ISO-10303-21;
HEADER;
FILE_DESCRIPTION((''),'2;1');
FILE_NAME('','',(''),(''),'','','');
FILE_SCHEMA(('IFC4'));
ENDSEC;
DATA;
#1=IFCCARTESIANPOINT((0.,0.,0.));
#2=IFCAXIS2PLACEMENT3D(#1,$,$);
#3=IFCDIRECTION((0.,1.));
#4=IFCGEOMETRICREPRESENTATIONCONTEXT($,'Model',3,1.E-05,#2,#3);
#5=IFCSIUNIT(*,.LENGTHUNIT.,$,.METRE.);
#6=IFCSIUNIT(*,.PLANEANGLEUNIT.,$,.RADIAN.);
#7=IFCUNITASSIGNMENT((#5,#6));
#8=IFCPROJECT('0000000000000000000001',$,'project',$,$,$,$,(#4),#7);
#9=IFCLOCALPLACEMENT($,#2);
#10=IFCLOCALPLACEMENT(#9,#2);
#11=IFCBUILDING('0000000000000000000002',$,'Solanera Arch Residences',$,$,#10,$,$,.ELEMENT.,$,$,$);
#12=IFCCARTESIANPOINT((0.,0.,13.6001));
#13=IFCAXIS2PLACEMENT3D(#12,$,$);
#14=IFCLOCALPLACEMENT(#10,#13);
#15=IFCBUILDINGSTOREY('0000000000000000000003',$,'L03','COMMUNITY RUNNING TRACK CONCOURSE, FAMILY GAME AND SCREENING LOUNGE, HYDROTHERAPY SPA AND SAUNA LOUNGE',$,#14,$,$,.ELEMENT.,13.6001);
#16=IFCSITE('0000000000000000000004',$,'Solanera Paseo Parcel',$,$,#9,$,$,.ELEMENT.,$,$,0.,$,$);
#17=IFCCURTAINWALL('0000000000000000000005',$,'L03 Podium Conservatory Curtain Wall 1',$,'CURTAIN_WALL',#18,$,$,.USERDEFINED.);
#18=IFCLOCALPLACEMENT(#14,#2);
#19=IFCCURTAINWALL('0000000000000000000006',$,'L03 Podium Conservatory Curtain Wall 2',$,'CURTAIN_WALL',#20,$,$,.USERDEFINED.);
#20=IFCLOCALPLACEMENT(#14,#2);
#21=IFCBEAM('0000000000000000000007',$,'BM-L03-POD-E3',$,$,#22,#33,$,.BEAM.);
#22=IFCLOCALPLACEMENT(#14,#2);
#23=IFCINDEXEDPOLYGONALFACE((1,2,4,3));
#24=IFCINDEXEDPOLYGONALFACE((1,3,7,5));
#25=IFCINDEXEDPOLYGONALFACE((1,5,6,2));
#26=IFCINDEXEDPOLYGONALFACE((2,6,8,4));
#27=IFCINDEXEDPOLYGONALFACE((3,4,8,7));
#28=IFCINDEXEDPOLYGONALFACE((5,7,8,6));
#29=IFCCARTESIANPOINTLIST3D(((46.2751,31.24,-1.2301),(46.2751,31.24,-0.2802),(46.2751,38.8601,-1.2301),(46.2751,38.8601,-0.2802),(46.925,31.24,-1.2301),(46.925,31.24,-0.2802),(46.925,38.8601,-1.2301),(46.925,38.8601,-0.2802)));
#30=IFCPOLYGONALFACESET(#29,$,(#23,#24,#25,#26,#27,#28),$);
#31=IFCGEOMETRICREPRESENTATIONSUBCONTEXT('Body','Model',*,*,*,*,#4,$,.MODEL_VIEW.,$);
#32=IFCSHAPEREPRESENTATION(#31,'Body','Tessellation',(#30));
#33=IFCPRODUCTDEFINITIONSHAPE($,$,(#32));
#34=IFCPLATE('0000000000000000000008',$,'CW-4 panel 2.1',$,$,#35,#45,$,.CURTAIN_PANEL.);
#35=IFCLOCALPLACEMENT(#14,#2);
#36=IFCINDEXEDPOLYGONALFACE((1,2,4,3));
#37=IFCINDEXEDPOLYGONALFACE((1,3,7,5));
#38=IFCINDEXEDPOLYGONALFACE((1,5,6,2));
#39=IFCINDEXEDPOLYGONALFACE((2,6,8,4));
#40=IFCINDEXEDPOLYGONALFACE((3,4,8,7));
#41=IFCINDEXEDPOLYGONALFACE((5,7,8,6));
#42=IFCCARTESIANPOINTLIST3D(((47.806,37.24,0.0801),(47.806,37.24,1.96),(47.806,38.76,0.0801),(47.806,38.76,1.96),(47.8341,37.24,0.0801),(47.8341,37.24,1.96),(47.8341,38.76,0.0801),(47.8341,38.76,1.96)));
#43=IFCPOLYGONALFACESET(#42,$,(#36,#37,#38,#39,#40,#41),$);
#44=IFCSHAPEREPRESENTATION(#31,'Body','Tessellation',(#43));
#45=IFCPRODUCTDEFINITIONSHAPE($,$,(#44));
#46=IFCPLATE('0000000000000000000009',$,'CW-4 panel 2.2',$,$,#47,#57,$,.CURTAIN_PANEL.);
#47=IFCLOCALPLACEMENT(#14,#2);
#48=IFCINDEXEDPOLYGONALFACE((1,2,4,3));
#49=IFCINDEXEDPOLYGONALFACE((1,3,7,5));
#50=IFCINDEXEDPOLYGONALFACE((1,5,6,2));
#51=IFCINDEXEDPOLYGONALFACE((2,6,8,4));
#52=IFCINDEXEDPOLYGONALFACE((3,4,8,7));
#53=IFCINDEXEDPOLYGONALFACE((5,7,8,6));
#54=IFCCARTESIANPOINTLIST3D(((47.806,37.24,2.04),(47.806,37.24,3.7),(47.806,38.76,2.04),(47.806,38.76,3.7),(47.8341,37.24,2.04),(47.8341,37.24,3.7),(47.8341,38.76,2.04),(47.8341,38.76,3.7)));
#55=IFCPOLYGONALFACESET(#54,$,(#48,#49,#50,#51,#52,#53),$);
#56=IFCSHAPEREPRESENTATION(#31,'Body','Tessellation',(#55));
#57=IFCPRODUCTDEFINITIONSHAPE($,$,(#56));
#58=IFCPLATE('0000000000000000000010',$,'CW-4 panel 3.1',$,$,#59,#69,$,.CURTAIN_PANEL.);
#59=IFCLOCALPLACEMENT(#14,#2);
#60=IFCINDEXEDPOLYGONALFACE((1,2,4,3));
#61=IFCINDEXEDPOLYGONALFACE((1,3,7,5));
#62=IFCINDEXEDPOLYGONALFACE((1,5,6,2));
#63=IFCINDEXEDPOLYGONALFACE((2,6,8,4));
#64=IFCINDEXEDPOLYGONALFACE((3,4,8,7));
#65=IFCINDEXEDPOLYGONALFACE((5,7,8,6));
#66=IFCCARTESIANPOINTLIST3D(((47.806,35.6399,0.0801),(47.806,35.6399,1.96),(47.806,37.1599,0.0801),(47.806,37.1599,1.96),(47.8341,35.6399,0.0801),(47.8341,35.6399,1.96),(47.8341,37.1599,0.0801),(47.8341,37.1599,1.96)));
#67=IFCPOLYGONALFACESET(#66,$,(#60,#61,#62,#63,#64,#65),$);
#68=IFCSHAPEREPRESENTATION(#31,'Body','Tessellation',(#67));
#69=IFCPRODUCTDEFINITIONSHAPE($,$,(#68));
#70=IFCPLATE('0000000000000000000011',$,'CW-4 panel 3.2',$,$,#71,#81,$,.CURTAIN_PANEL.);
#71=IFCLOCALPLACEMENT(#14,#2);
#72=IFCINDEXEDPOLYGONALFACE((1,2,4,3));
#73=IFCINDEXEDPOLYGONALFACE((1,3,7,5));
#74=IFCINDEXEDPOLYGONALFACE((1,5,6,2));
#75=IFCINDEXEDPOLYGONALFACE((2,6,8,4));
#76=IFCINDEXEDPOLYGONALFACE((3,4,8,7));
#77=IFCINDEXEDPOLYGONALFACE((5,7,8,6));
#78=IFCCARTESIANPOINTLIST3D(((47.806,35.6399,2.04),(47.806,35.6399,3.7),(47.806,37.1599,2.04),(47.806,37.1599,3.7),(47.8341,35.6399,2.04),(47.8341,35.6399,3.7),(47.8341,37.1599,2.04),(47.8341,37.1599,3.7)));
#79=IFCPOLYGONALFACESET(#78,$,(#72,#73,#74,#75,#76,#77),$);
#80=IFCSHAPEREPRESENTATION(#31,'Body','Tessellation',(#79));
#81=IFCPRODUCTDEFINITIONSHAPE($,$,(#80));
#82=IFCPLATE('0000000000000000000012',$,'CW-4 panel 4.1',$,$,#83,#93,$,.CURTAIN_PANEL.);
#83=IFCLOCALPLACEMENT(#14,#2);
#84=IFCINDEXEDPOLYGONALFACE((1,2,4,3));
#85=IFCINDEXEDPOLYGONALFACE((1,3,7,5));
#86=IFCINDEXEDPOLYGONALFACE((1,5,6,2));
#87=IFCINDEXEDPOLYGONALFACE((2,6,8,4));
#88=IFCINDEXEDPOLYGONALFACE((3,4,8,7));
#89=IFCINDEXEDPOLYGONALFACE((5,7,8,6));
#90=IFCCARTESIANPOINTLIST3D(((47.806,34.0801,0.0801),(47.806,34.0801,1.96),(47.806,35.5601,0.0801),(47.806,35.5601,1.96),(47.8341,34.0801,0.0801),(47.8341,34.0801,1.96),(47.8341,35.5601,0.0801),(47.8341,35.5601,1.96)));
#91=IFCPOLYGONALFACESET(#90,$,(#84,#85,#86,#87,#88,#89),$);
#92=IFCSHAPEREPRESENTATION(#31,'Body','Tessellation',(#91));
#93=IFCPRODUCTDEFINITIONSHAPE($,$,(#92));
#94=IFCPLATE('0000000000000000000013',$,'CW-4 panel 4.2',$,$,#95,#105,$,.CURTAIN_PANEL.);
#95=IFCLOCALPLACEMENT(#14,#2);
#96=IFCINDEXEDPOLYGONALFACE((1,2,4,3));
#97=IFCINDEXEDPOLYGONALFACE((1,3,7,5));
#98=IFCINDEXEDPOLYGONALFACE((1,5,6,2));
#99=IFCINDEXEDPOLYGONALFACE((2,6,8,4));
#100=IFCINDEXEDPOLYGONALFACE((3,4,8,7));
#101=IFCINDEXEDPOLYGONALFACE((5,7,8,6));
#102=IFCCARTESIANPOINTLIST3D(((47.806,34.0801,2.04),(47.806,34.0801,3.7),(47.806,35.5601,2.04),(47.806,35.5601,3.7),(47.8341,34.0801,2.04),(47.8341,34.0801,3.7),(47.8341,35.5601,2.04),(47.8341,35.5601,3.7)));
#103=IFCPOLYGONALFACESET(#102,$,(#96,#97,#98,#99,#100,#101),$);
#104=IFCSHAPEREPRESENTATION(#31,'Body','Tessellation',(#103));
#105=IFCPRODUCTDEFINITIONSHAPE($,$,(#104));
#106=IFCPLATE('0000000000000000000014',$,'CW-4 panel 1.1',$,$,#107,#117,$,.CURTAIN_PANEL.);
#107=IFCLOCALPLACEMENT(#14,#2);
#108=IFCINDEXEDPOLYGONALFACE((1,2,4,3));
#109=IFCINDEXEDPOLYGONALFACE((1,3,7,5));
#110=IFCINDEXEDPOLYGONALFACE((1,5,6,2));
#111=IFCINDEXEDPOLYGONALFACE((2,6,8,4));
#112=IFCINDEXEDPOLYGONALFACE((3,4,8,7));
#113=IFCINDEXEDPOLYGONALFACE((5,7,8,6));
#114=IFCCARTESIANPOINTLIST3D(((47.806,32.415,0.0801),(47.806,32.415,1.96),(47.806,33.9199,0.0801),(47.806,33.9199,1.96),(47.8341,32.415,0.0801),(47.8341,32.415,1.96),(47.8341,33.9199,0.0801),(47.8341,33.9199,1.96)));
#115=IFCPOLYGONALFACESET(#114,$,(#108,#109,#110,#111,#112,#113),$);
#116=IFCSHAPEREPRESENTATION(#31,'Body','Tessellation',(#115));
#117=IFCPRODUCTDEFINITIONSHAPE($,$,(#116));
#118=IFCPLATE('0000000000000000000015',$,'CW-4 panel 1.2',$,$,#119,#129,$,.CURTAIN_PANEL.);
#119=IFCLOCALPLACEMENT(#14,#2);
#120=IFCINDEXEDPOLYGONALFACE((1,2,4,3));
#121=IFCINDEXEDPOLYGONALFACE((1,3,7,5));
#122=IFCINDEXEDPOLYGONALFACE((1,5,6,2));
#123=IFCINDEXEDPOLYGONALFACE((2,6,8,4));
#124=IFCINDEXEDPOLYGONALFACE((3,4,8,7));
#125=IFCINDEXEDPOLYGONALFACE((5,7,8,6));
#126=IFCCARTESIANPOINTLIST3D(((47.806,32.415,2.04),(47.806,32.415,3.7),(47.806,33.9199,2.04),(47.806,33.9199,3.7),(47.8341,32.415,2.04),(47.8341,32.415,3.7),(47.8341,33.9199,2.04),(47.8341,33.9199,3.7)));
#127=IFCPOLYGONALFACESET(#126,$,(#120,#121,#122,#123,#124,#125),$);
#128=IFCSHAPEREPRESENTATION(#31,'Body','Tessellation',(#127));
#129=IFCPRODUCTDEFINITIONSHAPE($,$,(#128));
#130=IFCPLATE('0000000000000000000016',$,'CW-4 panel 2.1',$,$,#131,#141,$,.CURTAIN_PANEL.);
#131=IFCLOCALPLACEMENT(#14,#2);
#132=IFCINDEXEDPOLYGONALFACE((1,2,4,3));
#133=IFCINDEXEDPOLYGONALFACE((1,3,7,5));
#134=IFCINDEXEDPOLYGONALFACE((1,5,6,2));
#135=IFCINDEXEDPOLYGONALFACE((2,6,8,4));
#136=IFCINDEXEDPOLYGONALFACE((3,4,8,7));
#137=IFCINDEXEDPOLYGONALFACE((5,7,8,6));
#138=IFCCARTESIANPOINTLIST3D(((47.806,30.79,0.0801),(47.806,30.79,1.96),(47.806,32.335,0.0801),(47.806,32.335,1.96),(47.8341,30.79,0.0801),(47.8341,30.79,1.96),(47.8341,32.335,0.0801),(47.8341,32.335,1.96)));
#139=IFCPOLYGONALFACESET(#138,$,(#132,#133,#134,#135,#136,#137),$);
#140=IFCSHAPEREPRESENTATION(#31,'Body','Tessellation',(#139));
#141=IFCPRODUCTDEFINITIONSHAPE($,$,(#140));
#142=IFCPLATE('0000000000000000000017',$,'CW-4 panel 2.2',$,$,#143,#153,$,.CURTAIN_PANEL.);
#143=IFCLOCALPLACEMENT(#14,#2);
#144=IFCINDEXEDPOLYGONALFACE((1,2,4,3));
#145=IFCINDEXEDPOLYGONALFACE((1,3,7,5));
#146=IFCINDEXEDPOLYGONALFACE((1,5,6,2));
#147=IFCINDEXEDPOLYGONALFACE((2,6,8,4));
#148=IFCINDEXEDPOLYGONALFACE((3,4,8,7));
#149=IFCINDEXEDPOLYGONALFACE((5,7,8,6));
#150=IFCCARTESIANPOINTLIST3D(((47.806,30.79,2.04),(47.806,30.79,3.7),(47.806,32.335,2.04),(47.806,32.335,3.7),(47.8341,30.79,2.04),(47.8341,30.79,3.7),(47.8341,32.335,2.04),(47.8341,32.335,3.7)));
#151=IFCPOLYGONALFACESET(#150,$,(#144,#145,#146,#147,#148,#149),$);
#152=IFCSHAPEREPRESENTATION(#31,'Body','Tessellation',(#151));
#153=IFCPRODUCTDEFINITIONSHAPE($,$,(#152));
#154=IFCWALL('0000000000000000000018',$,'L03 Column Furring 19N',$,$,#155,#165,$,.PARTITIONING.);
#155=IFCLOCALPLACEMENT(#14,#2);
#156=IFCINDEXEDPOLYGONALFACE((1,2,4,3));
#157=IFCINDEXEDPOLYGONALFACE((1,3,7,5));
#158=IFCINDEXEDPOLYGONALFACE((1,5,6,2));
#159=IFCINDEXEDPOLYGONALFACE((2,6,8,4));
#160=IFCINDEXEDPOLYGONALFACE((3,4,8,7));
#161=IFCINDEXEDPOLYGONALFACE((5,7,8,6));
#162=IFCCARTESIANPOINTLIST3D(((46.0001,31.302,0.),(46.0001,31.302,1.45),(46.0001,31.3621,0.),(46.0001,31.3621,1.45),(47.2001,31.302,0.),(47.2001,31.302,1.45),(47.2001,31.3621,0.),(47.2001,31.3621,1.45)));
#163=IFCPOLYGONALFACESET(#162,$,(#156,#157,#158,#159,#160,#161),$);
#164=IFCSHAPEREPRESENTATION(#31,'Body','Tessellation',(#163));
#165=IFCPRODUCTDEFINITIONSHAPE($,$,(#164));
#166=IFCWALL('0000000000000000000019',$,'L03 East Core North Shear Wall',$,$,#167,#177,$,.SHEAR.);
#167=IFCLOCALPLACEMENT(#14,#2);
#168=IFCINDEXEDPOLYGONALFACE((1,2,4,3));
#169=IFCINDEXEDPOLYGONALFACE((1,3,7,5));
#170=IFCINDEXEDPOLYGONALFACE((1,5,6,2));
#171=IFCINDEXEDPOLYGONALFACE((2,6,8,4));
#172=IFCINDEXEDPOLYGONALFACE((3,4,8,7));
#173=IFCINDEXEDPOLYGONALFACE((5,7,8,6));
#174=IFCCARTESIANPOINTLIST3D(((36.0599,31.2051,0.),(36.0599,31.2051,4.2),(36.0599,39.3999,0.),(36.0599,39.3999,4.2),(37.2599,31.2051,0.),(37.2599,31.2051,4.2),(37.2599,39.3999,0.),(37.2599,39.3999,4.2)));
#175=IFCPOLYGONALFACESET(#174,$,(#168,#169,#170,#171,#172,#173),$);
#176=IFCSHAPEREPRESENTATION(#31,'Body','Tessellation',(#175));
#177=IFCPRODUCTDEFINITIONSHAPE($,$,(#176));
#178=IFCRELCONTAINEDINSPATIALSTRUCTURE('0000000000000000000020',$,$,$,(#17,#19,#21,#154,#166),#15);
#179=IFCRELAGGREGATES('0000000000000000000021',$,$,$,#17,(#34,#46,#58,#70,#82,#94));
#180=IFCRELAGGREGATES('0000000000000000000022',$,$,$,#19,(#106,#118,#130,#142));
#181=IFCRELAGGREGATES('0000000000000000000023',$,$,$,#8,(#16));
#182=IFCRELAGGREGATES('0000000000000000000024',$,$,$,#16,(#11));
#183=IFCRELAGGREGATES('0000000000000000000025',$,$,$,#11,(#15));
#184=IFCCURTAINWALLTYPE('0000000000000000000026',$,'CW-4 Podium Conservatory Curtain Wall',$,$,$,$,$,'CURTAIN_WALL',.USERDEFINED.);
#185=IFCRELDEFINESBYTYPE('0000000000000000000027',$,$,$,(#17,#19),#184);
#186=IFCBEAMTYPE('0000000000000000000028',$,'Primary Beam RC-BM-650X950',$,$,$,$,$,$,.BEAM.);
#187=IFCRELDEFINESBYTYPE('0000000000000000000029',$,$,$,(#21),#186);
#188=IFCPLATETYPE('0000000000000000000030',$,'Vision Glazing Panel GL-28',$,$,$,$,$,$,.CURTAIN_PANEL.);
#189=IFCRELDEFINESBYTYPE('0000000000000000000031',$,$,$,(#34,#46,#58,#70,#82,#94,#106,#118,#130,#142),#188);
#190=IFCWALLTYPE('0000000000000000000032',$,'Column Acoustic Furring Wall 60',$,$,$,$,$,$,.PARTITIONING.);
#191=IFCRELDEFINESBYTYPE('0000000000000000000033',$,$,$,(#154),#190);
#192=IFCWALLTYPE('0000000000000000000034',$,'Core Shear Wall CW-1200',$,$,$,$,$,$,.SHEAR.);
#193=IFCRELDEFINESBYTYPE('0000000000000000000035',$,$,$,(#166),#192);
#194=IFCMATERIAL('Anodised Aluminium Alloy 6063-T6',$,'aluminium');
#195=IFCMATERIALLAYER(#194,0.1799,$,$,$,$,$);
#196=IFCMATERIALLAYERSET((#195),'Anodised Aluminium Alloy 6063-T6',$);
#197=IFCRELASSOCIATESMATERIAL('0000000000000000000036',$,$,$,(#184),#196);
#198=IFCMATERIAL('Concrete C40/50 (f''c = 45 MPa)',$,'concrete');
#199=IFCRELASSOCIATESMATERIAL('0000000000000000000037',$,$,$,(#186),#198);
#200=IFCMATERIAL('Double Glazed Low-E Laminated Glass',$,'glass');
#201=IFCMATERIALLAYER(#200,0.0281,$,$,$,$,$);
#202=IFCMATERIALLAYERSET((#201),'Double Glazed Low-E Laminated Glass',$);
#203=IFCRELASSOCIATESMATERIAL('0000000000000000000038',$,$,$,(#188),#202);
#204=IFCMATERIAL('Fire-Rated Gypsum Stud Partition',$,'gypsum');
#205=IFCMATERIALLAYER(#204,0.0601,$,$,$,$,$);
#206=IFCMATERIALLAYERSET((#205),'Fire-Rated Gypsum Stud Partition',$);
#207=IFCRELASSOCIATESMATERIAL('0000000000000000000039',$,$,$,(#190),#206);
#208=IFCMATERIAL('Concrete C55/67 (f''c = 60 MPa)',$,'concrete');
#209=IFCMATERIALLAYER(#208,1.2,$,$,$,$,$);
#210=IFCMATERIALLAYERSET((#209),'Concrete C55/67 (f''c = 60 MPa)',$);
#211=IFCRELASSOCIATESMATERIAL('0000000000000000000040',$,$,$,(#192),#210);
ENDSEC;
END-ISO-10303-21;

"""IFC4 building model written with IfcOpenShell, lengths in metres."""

from ifc_helpers import new_model, si_unit, direction, frame, frame_2d, origin, origin_2d, place, context, subcontext, project, spatial, rectangle, extrude, material, layer, layer_set, material_profile, profile_set, type_object, element, aggregate, save


model = new_model("IFC4")

# Units and contexts
model_context = context("Model", 3, precision=1e-05, world=origin(), true_north=direction((0.0, 1.0)))
body_context = subcontext(model_context, "Body", "Model", "MODEL_VIEW")
ifc_project = project(units=[si_unit("LENGTHUNIT", "METRE"), si_unit("PLANEANGLEUNIT", "RADIAN")], contexts=[model_context])

# Site, building, storey
site_placement = place(None, origin())
site = spatial("IfcSite", under=ifc_project, at=site_placement, Name="Solanera Paseo Parcel", CompositionType="ELEMENT", RefElevation=0.0)
building_placement = place(site_placement, origin())
building = spatial("IfcBuilding", under=site, at=building_placement, Name="Solanera Arch Residences", CompositionType="ELEMENT")
storey_placement = place(building_placement, frame((0.0, 0.0, 13.6001)))
storey = spatial("IfcBuildingStorey", under=building, at=storey_placement, Name="L03", Description="COMMUNITY RUNNING TRACK CONCOURSE, FAMILY GAME AND SCREENING LOUNGE, HYDROTHERAPY SPA AND SAUNA LOUNGE", CompositionType="ELEMENT", Elevation=13.6001)

# Curtain walls
ifc_material_1 = material(Name="Anodised Aluminium Alloy 6063-T6", Category="aluminium")
ifc_layer_1 = layer(ifc_material_1, 0.1799)
ifc_layer_set_1 = layer_set([ifc_layer_1], Name="Anodised Aluminium Alloy 6063-T6")
curtain_wall_type = type_object("IfcCurtainWallType", Name="CW-4 Podium Conservatory Curtain Wall", ElementType="CURTAIN_WALL", PredefinedType="USERDEFINED", material=ifc_layer_set_1)
curtain_wall_1_placement = place(storey_placement, origin())
curtain_wall_1 = element("IfcCurtainWall", 1, at=curtain_wall_1_placement, inside=storey, type_object=curtain_wall_type, Name="L03 Podium Conservatory Curtain Wall 1", ObjectType="CURTAIN_WALL", PredefinedType="USERDEFINED")
curtain_wall_2_placement = place(storey_placement, origin())
curtain_wall_2 = element("IfcCurtainWall", 2, at=curtain_wall_2_placement, inside=storey, type_object=curtain_wall_type, Name="L03 Podium Conservatory Curtain Wall 2", ObjectType="CURTAIN_WALL", PredefinedType="USERDEFINED")

# Beam
ifc_material_2 = material(Name="Concrete C40/50 (f'c = 45 MPa)", Category="concrete")
ifc_material_profile_1 = material_profile(ifc_material_2, rectangle(XDim=0.6499, YDim=0.95, at=origin_2d()))
ifc_profile_set_1 = profile_set([ifc_material_profile_1], Name="Concrete C40/50 (f'c = 45 MPa)")
beam_type = type_object("IfcBeamType", Name="Primary Beam RC-BM-650X950", PredefinedType="BEAM", material=ifc_profile_set_1)
beam_placement = place(storey_placement, frame((46.6001, 31.24, -0.7551), z_axis=(0.0, 1.0, 0.0), x_axis=(-1.0, 0.0, 0.0)))
element("IfcBeam", 3, at=beam_placement, inside=storey, type_object=beam_type, Name="BM-L03-POD-E3", PredefinedType="BEAM", context=body_context, shape_type="SweptSolid", body=[
    extrude(rectangle(XDim=0.6499, YDim=0.95, at=origin_2d()), origin(), (0.0, 0.0, 1.0), 7.6201),
])

# Plates
ifc_material_3 = material(Name="Double Glazed Low-E Laminated Glass", Category="glass")
ifc_layer_2 = layer(ifc_material_3, 0.0281)
ifc_layer_set_2 = layer_set([ifc_layer_2], Name="Double Glazed Low-E Laminated Glass")
plate_type = type_object("IfcPlateType", Name="Vision Glazing Panel GL-28", PredefinedType="CURTAIN_PANEL", material=ifc_layer_set_2)
plate_1_placement = place(storey_placement, frame((47.8201, 38.0, 0.0801), z_axis=(0.0, 0.0, 1.0), x_axis=(0.0, -1.0, 0.0)))
plate_1 = element("IfcPlate", 4, at=plate_1_placement, type_object=plate_type, Name="CW-4 panel 2.1", PredefinedType="CURTAIN_PANEL", context=body_context, shape_type="SweptSolid", body=[
    extrude(rectangle(XDim=1.52, YDim=0.0281, at=origin_2d()), origin(), (0.0, 0.0, 1.0), 1.8799),
])
plate_2_placement = place(storey_placement, frame((47.8201, 38.0, 2.04), z_axis=(0.0, 0.0, 1.0), x_axis=(0.0, -1.0, 0.0)))
plate_2 = element("IfcPlate", 5, at=plate_2_placement, type_object=plate_type, Name="CW-4 panel 2.2", PredefinedType="CURTAIN_PANEL", context=body_context, shape_type="SweptSolid", body=[
    extrude(rectangle(XDim=1.52, YDim=0.0281, at=origin_2d()), origin(), (0.0, 0.0, 1.0), 1.6599),
])
plate_3_placement = place(storey_placement, frame((47.8201, 36.3999, 0.0801), z_axis=(0.0, 0.0, 1.0), x_axis=(0.0, -1.0, 0.0)))
plate_3 = element("IfcPlate", 6, at=plate_3_placement, type_object=plate_type, Name="CW-4 panel 3.1", PredefinedType="CURTAIN_PANEL", context=body_context, shape_type="SweptSolid", body=[
    extrude(rectangle(XDim=1.52, YDim=0.0281, at=origin_2d()), origin(), (0.0, 0.0, 1.0), 1.8799),
])
plate_4_placement = place(storey_placement, frame((47.8201, 36.3999, 2.04), z_axis=(0.0, 0.0, 1.0), x_axis=(0.0, -1.0, 0.0)))
plate_4 = element("IfcPlate", 7, at=plate_4_placement, type_object=plate_type, Name="CW-4 panel 3.2", PredefinedType="CURTAIN_PANEL", context=body_context, shape_type="SweptSolid", body=[
    extrude(rectangle(XDim=1.52, YDim=0.0281, at=origin_2d()), origin(), (0.0, 0.0, 1.0), 1.6599),
])
plate_5_placement = place(storey_placement, frame((47.8201, 34.8201, 0.0801), z_axis=(0.0, 0.0, 1.0), x_axis=(0.0, -1.0, 0.0)))
plate_5 = element("IfcPlate", 8, at=plate_5_placement, type_object=plate_type, Name="CW-4 panel 4.1", PredefinedType="CURTAIN_PANEL", context=body_context, shape_type="SweptSolid", body=[
    extrude(rectangle(XDim=1.48, YDim=0.0281, at=origin_2d()), origin(), (0.0, 0.0, 1.0), 1.8799),
])
plate_6_placement = place(storey_placement, frame((47.8201, 34.8201, 2.04), z_axis=(0.0, 0.0, 1.0), x_axis=(0.0, -1.0, 0.0)))
plate_6 = element("IfcPlate", 9, at=plate_6_placement, type_object=plate_type, Name="CW-4 panel 4.2", PredefinedType="CURTAIN_PANEL", context=body_context, shape_type="SweptSolid", body=[
    extrude(rectangle(XDim=1.48, YDim=0.0281, at=origin_2d()), origin(), (0.0, 0.0, 1.0), 1.6599),
])
aggregate(curtain_wall_1, [plate_1, plate_2, plate_3, plate_4, plate_5, plate_6])
plate_7_placement = place(storey_placement, frame((47.8201, 33.1675, 0.0801), z_axis=(0.0, 0.0, 1.0), x_axis=(0.0, -1.0, 0.0)))
plate_7 = element("IfcPlate", 10, at=plate_7_placement, type_object=plate_type, Name="CW-4 panel 1.1", PredefinedType="CURTAIN_PANEL", context=body_context, shape_type="SweptSolid", body=[
    extrude(rectangle(XDim=1.5049, YDim=0.0281, at=origin_2d()), origin(), (0.0, 0.0, 1.0), 1.8799),
])
plate_8_placement = place(storey_placement, frame((47.8201, 33.1675, 2.04), z_axis=(0.0, 0.0, 1.0), x_axis=(0.0, -1.0, 0.0)))
plate_8 = element("IfcPlate", 11, at=plate_8_placement, type_object=plate_type, Name="CW-4 panel 1.2", PredefinedType="CURTAIN_PANEL", context=body_context, shape_type="SweptSolid", body=[
    extrude(rectangle(XDim=1.5049, YDim=0.0281, at=origin_2d()), origin(), (0.0, 0.0, 1.0), 1.6599),
])
plate_9_placement = place(storey_placement, frame((47.8201, 31.5625, 0.0801), z_axis=(0.0, 0.0, 1.0), x_axis=(0.0, -1.0, 0.0)))
plate_9 = element("IfcPlate", 12, at=plate_9_placement, type_object=plate_type, Name="CW-4 panel 2.1", PredefinedType="CURTAIN_PANEL", context=body_context, shape_type="SweptSolid", body=[
    extrude(rectangle(XDim=1.5449, YDim=0.0281, at=origin_2d()), origin(), (0.0, 0.0, 1.0), 1.8799),
])
plate_10_placement = place(storey_placement, frame((47.8201, 31.5625, 2.04), z_axis=(0.0, 0.0, 1.0), x_axis=(0.0, -1.0, 0.0)))
plate_10 = element("IfcPlate", 13, at=plate_10_placement, type_object=plate_type, Name="CW-4 panel 2.2", PredefinedType="CURTAIN_PANEL", context=body_context, shape_type="SweptSolid", body=[
    extrude(rectangle(XDim=1.5449, YDim=0.0281, at=origin_2d()), origin(), (0.0, 0.0, 1.0), 1.6599),
])
aggregate(curtain_wall_2, [plate_7, plate_8, plate_9, plate_10])

# Walls
ifc_material_4 = material(Name="Fire-Rated Gypsum Stud Partition", Category="gypsum")
ifc_layer_3 = layer(ifc_material_4, 0.0601)
ifc_layer_set_3 = layer_set([ifc_layer_3], Name="Fire-Rated Gypsum Stud Partition")
wall_type_1 = type_object("IfcWallType", Name="Column Acoustic Furring Wall 60", PredefinedType="PARTITIONING", material=ifc_layer_set_3)
wall_1_placement = place(storey_placement, frame((46.0, 31.332, 0.0), z_axis=(0.0, 0.0, 1.0), x_axis=(1.0, 0.0, 0.0)))
element("IfcWall", 14, at=wall_1_placement, inside=storey, type_object=wall_type_1, Name="L03 Column Furring 19N", PredefinedType="PARTITIONING", context=body_context, shape_type="SweptSolid", body=[
    extrude(rectangle(XDim=1.2, YDim=0.0601, at=frame_2d((0.6001, 0.0))), origin(), (0.0, 0.0, 1.0), 1.45),
])
ifc_material_5 = material(Name="Concrete C55/67 (f'c = 60 MPa)", Category="concrete")
ifc_layer_4 = layer(ifc_material_5, 1.2)
ifc_layer_set_4 = layer_set([ifc_layer_4], Name="Concrete C55/67 (f'c = 60 MPa)")
wall_type_2 = type_object("IfcWallType", Name="Core Shear Wall CW-1200", PredefinedType="SHEAR", material=ifc_layer_set_4)
wall_2_placement = place(storey_placement, frame((36.6599, 31.2051, 0.0), z_axis=(0.0, 0.0, 1.0), x_axis=(0.0, 1.0, 0.0)))
element("IfcWall", 15, at=wall_2_placement, inside=storey, type_object=wall_type_2, Name="L03 East Core North Shear Wall", PredefinedType="SHEAR", context=body_context, shape_type="SweptSolid", body=[
    extrude(rectangle(XDim=8.1948, YDim=1.2, at=frame_2d((4.0974, 0.0))), origin(), (0.0, 0.0, 1.0), 4.2),
])

save(model, "model.ifc")
